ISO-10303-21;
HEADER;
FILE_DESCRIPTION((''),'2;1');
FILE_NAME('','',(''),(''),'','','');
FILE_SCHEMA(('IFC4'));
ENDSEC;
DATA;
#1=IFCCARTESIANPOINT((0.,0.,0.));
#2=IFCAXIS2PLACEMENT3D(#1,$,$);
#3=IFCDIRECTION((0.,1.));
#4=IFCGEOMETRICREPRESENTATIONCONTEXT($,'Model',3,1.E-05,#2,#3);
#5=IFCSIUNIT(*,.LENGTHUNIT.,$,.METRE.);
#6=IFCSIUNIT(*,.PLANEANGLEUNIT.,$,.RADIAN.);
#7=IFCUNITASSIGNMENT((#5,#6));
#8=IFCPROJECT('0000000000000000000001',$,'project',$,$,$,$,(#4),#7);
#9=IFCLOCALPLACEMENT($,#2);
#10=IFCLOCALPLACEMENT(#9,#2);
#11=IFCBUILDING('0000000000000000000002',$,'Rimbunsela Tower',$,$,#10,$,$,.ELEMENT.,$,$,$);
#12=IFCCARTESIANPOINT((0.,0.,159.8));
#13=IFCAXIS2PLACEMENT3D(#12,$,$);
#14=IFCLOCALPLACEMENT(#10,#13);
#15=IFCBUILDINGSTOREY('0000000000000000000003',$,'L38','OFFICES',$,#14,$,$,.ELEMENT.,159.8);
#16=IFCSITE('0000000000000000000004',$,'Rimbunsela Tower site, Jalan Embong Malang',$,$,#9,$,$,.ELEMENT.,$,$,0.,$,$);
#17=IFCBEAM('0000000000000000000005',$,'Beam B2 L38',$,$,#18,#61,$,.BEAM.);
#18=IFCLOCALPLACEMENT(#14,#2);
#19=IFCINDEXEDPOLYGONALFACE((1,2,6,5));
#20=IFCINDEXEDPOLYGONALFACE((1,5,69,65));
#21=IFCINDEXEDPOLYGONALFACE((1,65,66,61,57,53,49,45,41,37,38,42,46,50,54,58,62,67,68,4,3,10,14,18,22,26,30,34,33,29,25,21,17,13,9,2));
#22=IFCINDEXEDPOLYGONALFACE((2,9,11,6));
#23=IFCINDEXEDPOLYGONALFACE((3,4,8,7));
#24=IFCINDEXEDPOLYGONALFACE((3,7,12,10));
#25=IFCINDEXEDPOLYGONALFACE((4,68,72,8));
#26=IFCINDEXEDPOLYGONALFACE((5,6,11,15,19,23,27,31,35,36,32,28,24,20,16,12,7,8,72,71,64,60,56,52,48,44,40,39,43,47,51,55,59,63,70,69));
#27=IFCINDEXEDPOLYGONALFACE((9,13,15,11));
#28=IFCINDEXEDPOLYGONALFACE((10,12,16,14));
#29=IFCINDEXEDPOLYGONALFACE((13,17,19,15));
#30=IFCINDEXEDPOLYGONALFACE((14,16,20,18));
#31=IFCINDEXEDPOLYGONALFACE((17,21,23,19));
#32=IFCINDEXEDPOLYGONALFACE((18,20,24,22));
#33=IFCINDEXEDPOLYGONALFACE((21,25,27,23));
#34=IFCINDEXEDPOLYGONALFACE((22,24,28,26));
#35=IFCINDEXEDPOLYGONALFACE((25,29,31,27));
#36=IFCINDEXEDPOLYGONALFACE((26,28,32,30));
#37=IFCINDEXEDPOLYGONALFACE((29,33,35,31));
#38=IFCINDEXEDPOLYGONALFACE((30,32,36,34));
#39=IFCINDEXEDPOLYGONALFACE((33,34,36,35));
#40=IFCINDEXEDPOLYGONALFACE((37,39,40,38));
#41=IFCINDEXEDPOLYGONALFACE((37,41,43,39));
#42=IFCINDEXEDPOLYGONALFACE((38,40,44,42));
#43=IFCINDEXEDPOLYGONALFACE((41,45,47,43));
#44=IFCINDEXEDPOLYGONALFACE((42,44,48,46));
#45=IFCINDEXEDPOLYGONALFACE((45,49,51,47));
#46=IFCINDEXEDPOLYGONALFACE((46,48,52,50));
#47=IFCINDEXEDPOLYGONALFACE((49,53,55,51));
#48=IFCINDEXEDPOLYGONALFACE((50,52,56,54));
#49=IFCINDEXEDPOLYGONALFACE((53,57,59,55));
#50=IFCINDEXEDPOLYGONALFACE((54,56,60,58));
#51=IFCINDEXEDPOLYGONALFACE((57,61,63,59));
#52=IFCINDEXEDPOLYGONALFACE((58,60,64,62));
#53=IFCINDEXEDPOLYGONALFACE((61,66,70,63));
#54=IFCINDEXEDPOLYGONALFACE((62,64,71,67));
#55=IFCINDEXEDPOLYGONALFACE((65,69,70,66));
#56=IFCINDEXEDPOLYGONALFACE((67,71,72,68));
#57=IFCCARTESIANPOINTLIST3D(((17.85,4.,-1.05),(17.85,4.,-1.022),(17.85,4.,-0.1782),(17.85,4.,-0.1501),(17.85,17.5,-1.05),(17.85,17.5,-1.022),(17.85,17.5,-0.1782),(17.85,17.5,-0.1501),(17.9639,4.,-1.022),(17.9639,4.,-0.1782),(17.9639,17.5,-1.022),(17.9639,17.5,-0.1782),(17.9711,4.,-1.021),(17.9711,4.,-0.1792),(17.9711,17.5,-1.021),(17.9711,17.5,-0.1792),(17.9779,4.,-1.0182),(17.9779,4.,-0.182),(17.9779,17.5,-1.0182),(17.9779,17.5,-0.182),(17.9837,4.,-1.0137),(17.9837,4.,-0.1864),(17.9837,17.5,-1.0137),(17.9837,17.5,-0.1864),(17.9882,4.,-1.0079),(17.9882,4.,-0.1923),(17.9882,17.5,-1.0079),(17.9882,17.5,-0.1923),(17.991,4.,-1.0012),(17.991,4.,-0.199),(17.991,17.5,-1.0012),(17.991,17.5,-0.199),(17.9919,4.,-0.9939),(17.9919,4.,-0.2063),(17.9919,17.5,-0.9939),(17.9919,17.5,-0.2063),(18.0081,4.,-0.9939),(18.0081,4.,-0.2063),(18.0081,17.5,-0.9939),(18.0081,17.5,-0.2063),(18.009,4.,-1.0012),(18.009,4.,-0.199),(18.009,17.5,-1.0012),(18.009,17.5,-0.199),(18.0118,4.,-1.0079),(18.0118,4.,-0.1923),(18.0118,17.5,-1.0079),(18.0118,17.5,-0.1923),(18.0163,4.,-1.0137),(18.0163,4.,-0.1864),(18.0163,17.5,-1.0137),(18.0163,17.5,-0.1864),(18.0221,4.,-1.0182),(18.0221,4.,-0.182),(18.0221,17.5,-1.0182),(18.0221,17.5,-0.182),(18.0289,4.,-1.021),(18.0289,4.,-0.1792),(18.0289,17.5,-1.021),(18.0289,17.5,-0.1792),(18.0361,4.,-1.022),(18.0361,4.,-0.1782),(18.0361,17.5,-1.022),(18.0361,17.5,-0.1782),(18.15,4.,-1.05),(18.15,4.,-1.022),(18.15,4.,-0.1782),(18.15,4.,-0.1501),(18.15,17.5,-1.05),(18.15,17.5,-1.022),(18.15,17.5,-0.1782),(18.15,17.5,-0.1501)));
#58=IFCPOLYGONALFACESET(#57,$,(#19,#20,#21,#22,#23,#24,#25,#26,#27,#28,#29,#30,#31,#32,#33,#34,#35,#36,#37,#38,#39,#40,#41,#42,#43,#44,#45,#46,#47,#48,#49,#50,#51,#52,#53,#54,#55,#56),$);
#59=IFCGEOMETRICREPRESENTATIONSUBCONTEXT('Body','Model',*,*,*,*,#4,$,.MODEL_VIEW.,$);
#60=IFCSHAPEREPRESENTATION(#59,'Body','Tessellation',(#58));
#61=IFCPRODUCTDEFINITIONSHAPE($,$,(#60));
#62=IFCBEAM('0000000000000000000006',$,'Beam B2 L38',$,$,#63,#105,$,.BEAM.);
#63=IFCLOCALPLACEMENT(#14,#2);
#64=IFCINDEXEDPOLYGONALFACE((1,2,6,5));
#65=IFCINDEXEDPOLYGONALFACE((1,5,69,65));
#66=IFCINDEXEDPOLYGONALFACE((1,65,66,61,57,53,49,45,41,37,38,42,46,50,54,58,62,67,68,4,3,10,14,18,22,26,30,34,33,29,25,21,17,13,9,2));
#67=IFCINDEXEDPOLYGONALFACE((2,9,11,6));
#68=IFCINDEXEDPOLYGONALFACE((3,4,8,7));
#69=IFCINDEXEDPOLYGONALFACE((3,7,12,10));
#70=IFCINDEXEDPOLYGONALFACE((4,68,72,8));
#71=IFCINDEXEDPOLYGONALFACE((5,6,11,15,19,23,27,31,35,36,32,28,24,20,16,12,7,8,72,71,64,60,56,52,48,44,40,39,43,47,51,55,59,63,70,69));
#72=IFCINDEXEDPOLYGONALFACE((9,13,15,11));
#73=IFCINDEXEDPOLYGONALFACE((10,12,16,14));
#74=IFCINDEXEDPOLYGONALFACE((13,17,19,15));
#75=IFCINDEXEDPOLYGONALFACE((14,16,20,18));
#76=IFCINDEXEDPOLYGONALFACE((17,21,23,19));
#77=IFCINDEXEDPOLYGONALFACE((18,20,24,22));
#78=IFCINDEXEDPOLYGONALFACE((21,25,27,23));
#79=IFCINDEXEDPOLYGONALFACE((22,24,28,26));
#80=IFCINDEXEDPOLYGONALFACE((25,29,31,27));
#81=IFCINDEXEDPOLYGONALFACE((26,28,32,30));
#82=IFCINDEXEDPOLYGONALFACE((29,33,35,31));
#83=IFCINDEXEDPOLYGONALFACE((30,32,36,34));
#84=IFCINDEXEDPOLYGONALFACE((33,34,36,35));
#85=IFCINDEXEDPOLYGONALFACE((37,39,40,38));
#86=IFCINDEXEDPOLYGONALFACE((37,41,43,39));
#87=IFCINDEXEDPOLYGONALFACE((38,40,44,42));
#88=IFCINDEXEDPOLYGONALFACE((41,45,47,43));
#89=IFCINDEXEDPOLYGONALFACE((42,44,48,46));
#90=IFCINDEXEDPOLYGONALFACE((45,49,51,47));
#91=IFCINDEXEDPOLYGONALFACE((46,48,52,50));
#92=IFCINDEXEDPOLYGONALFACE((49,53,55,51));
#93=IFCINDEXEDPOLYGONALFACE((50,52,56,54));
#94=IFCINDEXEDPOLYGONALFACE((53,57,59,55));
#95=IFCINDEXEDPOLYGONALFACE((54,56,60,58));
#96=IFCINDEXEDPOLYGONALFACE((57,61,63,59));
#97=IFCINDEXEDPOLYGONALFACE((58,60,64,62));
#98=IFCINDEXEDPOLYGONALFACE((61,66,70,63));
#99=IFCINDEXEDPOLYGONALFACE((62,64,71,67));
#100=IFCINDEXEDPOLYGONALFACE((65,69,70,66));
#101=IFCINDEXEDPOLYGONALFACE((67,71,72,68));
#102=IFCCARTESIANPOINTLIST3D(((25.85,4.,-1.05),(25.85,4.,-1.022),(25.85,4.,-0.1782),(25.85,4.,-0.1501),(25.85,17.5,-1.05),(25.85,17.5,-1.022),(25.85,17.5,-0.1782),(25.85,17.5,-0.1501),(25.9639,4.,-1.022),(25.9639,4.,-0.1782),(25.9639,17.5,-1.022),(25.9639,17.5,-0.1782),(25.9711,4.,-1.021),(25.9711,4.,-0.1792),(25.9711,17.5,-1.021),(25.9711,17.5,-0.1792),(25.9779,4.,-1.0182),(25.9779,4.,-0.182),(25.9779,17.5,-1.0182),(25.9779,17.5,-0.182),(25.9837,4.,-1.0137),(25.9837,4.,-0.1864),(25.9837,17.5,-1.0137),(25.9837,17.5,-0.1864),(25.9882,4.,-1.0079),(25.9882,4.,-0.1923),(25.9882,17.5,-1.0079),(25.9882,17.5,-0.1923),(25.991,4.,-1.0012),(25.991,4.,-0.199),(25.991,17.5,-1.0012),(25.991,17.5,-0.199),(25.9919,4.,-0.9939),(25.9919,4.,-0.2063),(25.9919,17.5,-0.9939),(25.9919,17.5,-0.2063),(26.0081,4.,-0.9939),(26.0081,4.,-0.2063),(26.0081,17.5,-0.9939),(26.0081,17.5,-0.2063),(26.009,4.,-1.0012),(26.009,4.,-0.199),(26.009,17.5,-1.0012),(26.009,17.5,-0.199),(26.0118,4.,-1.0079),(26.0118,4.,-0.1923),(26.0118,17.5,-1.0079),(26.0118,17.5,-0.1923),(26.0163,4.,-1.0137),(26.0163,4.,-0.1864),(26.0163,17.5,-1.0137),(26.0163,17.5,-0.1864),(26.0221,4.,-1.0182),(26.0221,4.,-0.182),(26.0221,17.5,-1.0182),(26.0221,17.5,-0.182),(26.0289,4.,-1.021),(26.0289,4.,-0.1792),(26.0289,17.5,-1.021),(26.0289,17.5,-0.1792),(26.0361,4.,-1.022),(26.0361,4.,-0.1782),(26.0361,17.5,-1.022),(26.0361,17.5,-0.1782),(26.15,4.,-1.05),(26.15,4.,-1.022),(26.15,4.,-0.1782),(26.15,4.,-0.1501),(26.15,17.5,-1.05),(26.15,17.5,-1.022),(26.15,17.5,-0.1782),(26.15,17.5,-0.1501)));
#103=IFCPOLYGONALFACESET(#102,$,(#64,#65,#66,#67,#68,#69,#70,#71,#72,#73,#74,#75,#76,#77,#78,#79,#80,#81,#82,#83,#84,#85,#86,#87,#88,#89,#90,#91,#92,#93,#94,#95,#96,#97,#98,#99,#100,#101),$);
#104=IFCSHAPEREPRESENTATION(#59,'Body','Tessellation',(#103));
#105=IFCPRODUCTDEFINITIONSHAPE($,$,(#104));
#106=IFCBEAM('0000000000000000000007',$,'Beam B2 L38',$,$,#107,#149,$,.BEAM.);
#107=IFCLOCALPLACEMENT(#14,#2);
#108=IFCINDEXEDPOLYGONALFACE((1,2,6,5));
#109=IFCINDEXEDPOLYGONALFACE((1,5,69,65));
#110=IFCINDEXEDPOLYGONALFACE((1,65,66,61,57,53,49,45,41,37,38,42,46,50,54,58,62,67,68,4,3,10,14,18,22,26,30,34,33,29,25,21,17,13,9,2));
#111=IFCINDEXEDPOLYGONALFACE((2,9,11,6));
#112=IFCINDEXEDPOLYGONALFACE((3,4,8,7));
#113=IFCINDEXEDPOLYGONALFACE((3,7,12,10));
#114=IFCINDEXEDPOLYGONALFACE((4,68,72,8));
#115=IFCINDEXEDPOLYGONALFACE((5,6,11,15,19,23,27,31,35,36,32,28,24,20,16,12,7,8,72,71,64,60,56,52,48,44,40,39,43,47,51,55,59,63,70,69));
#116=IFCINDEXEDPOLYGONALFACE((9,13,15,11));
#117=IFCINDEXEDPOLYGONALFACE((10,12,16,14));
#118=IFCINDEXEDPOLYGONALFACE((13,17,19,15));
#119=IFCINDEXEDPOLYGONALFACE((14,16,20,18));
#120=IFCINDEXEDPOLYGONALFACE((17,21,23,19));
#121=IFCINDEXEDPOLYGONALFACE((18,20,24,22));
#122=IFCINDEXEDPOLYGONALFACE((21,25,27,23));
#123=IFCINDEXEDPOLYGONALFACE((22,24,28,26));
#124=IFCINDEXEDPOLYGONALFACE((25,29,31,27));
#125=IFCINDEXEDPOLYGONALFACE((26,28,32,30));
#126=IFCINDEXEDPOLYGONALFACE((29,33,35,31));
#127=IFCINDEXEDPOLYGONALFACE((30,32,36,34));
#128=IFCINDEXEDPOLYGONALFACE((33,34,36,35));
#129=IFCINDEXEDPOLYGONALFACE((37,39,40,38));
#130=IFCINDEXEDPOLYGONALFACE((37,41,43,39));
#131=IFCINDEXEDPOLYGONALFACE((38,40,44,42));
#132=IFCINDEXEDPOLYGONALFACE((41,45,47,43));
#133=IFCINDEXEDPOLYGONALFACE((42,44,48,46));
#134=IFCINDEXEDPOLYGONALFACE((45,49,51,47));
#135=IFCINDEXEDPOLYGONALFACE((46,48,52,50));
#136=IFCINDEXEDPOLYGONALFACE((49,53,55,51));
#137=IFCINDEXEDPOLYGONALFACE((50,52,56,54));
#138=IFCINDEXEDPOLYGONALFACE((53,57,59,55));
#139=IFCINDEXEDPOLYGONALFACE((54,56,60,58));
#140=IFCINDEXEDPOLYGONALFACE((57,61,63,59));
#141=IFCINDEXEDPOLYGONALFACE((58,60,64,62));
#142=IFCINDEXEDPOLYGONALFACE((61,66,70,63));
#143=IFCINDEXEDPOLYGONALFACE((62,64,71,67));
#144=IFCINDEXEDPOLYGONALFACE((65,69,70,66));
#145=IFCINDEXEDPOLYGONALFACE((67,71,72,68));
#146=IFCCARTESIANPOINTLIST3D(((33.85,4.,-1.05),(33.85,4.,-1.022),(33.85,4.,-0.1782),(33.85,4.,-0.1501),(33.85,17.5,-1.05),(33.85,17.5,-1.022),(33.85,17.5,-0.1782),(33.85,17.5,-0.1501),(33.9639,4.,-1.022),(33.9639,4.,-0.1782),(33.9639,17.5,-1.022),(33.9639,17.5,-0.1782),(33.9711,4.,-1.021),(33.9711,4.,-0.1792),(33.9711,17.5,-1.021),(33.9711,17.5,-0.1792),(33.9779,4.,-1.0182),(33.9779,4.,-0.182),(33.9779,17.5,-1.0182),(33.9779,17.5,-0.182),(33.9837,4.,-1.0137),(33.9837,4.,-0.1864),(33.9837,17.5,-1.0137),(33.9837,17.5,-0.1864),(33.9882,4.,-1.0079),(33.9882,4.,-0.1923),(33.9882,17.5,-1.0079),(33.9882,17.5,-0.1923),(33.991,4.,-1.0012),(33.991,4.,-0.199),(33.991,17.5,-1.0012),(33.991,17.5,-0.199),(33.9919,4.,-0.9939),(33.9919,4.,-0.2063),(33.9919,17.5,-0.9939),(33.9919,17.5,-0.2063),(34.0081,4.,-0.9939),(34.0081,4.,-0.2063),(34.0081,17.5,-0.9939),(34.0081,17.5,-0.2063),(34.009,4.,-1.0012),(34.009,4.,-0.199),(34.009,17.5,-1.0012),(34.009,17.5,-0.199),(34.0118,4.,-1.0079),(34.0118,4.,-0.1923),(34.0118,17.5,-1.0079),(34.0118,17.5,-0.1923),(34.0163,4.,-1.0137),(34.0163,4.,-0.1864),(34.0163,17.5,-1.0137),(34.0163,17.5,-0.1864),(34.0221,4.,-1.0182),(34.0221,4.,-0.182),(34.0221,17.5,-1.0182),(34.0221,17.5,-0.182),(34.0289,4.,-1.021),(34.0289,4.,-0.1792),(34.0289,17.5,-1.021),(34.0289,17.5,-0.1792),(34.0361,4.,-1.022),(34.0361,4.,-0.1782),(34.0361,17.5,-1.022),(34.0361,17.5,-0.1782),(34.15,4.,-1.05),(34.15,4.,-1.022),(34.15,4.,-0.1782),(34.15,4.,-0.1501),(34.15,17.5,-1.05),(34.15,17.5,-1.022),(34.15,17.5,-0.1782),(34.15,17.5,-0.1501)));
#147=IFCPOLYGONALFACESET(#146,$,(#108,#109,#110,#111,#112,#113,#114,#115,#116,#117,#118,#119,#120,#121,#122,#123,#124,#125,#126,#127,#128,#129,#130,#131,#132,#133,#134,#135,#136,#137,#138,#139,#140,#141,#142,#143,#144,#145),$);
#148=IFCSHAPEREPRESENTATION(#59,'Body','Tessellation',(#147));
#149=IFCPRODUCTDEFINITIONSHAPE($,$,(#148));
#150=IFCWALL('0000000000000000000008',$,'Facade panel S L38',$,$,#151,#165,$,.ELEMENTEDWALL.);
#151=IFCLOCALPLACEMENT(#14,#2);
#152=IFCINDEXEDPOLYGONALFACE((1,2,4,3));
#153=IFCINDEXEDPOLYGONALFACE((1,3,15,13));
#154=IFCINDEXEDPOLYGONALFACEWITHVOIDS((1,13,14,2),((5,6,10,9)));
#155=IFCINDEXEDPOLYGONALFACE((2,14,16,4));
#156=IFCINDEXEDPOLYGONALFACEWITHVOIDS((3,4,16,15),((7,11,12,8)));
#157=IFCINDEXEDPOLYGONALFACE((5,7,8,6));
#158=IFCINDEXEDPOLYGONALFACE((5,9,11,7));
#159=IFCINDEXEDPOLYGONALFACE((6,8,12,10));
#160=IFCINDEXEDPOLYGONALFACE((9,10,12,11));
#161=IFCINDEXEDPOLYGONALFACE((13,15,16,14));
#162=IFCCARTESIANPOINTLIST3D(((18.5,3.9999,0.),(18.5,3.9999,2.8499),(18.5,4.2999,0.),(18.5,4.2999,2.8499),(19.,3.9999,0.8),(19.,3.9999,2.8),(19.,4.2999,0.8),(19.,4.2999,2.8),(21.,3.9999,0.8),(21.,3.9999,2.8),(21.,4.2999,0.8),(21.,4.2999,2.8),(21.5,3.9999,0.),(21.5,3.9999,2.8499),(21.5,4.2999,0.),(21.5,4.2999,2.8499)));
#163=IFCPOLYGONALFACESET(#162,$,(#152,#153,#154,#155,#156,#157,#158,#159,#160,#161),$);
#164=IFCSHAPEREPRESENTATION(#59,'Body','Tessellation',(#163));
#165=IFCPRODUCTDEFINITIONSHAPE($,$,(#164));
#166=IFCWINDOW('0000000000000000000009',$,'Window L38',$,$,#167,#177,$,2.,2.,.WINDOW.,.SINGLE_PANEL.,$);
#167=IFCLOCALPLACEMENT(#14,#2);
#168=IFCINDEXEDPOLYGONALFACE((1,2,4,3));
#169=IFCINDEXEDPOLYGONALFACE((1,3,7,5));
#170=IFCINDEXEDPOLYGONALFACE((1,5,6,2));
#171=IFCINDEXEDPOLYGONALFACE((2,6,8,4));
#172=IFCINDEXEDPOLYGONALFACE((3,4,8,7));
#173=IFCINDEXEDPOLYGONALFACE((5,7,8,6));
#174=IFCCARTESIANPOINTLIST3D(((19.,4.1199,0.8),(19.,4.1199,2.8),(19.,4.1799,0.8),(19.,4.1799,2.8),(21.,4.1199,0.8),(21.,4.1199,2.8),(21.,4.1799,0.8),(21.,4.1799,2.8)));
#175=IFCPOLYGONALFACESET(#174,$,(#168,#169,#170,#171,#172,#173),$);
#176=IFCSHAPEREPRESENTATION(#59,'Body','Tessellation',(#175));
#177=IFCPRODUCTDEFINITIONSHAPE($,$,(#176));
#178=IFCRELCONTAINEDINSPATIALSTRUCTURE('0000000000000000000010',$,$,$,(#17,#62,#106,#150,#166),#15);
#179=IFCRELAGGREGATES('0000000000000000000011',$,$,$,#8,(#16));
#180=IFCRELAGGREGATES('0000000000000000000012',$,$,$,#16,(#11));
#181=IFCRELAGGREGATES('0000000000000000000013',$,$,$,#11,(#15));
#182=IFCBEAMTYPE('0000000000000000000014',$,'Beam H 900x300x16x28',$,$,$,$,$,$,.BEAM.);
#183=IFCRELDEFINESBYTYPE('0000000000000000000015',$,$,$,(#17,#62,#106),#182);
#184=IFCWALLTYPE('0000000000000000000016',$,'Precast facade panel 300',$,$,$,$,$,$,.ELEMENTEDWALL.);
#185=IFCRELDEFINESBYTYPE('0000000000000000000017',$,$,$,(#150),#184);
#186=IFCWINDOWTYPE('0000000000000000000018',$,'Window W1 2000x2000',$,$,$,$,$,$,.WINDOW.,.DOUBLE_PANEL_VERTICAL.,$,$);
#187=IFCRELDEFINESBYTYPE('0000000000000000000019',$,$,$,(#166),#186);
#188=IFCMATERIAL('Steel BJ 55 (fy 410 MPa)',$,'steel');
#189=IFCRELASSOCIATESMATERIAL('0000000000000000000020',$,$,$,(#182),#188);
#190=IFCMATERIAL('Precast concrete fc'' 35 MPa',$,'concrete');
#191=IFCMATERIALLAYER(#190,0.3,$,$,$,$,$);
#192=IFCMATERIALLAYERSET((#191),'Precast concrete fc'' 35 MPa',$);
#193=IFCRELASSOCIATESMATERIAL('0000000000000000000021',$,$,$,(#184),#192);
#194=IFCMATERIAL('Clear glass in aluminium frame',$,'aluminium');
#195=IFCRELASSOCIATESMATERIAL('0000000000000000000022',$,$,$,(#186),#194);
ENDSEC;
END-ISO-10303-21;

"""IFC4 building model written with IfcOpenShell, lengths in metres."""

from ifc_helpers import new_model, si_unit, direction, frame, frame_2d, origin, origin_2d, place, context, subcontext, project, spatial, rectangle, i_section, extrude, material, layer, layer_set, material_profile, profile_set, type_object, element, fill, save


model = new_model("IFC4")

# Units and contexts
model_context = context("Model", 3, precision=1e-05, world=origin(), true_north=direction((0.0, 1.0)))
body_context = subcontext(model_context, "Body", "Model", "MODEL_VIEW")
ifc_project = project(units=[si_unit("LENGTHUNIT", "METRE"), si_unit("PLANEANGLEUNIT", "RADIAN")], contexts=[model_context])

# Site, building, storey
site_placement = place(None, origin())
site = spatial("IfcSite", under=ifc_project, at=site_placement, Name="Rimbunsela Tower site, Jalan Embong Malang", CompositionType="ELEMENT", RefElevation=0.0)
building_placement = place(site_placement, origin())
building = spatial("IfcBuilding", under=site, at=building_placement, Name="Rimbunsela Tower", CompositionType="ELEMENT")
storey_placement = place(building_placement, frame((0.0, 0.0, 159.8)))
storey = spatial("IfcBuildingStorey", under=building, at=storey_placement, Name="L38", Description="OFFICES", CompositionType="ELEMENT", Elevation=159.8)

# Beams
ifc_material_1 = material(Name="Steel BJ 55 (fy 410 MPa)", Category="steel")
ifc_material_profile_1 = material_profile(ifc_material_1, i_section(OverallWidth=0.3, OverallDepth=0.8999, WebThickness=0.0161, FlangeThickness=0.0281, FilletRadius=0.0281, at=origin_2d()), Name="H 900x300x16x28")
ifc_profile_set_1 = profile_set([ifc_material_profile_1], Name="Steel BJ 55 (fy 410 MPa)")
beam_type_1 = type_object("IfcBeamType", Name="Beam H 900x300x16x28", PredefinedType="BEAM", material=ifc_profile_set_1)
for number, where, z_axis, x_axis, name in (
    (1, (18.0, 4.0, -0.6001), (0.0, 1.0, 0.0), (-1.0, 0.0, 0.0), "Beam B2 L38"),
    (2, (26.0, 4.0, -0.6001), (0.0, 1.0, 0.0), (-1.0, 0.0, 0.0), "Beam B2 L38"),
    (3, (34.0, 4.0, -0.6001), (0.0, 1.0, 0.0), (-1.0, 0.0, 0.0), "Beam B2 L38"),
):
    element("IfcBeam", number, at=place(storey_placement, frame(where, z_axis=z_axis, x_axis=x_axis)), inside=storey, type_object=beam_type_1, Name=name, PredefinedType="BEAM", context=body_context, shape_type="SweptSolid", body=[
        extrude(i_section(OverallWidth=0.3, OverallDepth=0.8999, WebThickness=0.0161, FlangeThickness=0.0281, FilletRadius=0.0281, at=origin_2d()), origin(), (0.0, 0.0, 1.0), 13.5),
    ])

# Wall, opening, window
ifc_material_2 = material(Name="Precast concrete fc' 35 MPa", Category="concrete")
ifc_layer_1 = layer(ifc_material_2, 0.3)
ifc_layer_set_1 = layer_set([ifc_layer_1], Name="Precast concrete fc' 35 MPa")
wall_type = type_object("IfcWallType", Name="Precast facade panel 300", PredefinedType="ELEMENTEDWALL", material=ifc_layer_set_1)
wall_1_placement = place(storey_placement, frame((18.5, 4.1499, 0.0), z_axis=(0.0, 0.0, 1.0), x_axis=(1.0, 0.0, 0.0)))
wall_1 = element("IfcWall", 4, at=wall_1_placement, inside=storey, type_object=wall_type, Name="Facade panel S L38", PredefinedType="ELEMENTEDWALL", context=body_context, shape_type="SweptSolid", body=[
    extrude(rectangle(XDim=3.0, YDim=0.3, at=frame_2d((1.5, 0.0))), origin(), (0.0, 0.0, 1.0), 2.8499),
])
opening_1_placement = place(wall_1_placement, frame((0.5, 0.0, 0.8)))
opening_1 = element("IfcOpeningElement", 5, at=opening_1_placement, cuts=wall_1, PredefinedType="OPENING", context=body_context, shape_type="SweptSolid", body=[
    extrude(rectangle(XDim=2.0, YDim=2.0, at=frame_2d((1.0, 1.0))), frame((0.0, 0.1599, 0.0), z_axis=(0.0, -1.0, 0.0), x_axis=(1.0, 0.0, 0.0)), (0.0, 0.0, 1.0), 0.3201),
])
ifc_material_3 = material(Name="Clear glass in aluminium frame", Category="aluminium")
window_type = type_object("IfcWindowType", Name="Window W1 2000x2000", PartitioningType="DOUBLE_PANEL_VERTICAL", PredefinedType="WINDOW", material=ifc_material_3)
window_1_placement = place(opening_1_placement, origin())
window_1 = element("IfcWindow", 6, at=window_1_placement, inside=storey, type_object=window_type, Name="Window L38", OverallHeight=2.0, OverallWidth=2.0, PartitioningType="SINGLE_PANEL", PredefinedType="WINDOW", context=body_context, shape_type="SweptSolid", body=[
    extrude(rectangle(XDim=2.0, YDim=2.0, at=frame_2d((1.0, 1.0))), frame((0.0, 0.03, 0.0), z_axis=(0.0, -1.0, 0.0), x_axis=(1.0, 0.0, 0.0)), (0.0, 0.0, 1.0), 0.0601),
])
fill(opening_1, window_1)

save(model, "model.ifc")
